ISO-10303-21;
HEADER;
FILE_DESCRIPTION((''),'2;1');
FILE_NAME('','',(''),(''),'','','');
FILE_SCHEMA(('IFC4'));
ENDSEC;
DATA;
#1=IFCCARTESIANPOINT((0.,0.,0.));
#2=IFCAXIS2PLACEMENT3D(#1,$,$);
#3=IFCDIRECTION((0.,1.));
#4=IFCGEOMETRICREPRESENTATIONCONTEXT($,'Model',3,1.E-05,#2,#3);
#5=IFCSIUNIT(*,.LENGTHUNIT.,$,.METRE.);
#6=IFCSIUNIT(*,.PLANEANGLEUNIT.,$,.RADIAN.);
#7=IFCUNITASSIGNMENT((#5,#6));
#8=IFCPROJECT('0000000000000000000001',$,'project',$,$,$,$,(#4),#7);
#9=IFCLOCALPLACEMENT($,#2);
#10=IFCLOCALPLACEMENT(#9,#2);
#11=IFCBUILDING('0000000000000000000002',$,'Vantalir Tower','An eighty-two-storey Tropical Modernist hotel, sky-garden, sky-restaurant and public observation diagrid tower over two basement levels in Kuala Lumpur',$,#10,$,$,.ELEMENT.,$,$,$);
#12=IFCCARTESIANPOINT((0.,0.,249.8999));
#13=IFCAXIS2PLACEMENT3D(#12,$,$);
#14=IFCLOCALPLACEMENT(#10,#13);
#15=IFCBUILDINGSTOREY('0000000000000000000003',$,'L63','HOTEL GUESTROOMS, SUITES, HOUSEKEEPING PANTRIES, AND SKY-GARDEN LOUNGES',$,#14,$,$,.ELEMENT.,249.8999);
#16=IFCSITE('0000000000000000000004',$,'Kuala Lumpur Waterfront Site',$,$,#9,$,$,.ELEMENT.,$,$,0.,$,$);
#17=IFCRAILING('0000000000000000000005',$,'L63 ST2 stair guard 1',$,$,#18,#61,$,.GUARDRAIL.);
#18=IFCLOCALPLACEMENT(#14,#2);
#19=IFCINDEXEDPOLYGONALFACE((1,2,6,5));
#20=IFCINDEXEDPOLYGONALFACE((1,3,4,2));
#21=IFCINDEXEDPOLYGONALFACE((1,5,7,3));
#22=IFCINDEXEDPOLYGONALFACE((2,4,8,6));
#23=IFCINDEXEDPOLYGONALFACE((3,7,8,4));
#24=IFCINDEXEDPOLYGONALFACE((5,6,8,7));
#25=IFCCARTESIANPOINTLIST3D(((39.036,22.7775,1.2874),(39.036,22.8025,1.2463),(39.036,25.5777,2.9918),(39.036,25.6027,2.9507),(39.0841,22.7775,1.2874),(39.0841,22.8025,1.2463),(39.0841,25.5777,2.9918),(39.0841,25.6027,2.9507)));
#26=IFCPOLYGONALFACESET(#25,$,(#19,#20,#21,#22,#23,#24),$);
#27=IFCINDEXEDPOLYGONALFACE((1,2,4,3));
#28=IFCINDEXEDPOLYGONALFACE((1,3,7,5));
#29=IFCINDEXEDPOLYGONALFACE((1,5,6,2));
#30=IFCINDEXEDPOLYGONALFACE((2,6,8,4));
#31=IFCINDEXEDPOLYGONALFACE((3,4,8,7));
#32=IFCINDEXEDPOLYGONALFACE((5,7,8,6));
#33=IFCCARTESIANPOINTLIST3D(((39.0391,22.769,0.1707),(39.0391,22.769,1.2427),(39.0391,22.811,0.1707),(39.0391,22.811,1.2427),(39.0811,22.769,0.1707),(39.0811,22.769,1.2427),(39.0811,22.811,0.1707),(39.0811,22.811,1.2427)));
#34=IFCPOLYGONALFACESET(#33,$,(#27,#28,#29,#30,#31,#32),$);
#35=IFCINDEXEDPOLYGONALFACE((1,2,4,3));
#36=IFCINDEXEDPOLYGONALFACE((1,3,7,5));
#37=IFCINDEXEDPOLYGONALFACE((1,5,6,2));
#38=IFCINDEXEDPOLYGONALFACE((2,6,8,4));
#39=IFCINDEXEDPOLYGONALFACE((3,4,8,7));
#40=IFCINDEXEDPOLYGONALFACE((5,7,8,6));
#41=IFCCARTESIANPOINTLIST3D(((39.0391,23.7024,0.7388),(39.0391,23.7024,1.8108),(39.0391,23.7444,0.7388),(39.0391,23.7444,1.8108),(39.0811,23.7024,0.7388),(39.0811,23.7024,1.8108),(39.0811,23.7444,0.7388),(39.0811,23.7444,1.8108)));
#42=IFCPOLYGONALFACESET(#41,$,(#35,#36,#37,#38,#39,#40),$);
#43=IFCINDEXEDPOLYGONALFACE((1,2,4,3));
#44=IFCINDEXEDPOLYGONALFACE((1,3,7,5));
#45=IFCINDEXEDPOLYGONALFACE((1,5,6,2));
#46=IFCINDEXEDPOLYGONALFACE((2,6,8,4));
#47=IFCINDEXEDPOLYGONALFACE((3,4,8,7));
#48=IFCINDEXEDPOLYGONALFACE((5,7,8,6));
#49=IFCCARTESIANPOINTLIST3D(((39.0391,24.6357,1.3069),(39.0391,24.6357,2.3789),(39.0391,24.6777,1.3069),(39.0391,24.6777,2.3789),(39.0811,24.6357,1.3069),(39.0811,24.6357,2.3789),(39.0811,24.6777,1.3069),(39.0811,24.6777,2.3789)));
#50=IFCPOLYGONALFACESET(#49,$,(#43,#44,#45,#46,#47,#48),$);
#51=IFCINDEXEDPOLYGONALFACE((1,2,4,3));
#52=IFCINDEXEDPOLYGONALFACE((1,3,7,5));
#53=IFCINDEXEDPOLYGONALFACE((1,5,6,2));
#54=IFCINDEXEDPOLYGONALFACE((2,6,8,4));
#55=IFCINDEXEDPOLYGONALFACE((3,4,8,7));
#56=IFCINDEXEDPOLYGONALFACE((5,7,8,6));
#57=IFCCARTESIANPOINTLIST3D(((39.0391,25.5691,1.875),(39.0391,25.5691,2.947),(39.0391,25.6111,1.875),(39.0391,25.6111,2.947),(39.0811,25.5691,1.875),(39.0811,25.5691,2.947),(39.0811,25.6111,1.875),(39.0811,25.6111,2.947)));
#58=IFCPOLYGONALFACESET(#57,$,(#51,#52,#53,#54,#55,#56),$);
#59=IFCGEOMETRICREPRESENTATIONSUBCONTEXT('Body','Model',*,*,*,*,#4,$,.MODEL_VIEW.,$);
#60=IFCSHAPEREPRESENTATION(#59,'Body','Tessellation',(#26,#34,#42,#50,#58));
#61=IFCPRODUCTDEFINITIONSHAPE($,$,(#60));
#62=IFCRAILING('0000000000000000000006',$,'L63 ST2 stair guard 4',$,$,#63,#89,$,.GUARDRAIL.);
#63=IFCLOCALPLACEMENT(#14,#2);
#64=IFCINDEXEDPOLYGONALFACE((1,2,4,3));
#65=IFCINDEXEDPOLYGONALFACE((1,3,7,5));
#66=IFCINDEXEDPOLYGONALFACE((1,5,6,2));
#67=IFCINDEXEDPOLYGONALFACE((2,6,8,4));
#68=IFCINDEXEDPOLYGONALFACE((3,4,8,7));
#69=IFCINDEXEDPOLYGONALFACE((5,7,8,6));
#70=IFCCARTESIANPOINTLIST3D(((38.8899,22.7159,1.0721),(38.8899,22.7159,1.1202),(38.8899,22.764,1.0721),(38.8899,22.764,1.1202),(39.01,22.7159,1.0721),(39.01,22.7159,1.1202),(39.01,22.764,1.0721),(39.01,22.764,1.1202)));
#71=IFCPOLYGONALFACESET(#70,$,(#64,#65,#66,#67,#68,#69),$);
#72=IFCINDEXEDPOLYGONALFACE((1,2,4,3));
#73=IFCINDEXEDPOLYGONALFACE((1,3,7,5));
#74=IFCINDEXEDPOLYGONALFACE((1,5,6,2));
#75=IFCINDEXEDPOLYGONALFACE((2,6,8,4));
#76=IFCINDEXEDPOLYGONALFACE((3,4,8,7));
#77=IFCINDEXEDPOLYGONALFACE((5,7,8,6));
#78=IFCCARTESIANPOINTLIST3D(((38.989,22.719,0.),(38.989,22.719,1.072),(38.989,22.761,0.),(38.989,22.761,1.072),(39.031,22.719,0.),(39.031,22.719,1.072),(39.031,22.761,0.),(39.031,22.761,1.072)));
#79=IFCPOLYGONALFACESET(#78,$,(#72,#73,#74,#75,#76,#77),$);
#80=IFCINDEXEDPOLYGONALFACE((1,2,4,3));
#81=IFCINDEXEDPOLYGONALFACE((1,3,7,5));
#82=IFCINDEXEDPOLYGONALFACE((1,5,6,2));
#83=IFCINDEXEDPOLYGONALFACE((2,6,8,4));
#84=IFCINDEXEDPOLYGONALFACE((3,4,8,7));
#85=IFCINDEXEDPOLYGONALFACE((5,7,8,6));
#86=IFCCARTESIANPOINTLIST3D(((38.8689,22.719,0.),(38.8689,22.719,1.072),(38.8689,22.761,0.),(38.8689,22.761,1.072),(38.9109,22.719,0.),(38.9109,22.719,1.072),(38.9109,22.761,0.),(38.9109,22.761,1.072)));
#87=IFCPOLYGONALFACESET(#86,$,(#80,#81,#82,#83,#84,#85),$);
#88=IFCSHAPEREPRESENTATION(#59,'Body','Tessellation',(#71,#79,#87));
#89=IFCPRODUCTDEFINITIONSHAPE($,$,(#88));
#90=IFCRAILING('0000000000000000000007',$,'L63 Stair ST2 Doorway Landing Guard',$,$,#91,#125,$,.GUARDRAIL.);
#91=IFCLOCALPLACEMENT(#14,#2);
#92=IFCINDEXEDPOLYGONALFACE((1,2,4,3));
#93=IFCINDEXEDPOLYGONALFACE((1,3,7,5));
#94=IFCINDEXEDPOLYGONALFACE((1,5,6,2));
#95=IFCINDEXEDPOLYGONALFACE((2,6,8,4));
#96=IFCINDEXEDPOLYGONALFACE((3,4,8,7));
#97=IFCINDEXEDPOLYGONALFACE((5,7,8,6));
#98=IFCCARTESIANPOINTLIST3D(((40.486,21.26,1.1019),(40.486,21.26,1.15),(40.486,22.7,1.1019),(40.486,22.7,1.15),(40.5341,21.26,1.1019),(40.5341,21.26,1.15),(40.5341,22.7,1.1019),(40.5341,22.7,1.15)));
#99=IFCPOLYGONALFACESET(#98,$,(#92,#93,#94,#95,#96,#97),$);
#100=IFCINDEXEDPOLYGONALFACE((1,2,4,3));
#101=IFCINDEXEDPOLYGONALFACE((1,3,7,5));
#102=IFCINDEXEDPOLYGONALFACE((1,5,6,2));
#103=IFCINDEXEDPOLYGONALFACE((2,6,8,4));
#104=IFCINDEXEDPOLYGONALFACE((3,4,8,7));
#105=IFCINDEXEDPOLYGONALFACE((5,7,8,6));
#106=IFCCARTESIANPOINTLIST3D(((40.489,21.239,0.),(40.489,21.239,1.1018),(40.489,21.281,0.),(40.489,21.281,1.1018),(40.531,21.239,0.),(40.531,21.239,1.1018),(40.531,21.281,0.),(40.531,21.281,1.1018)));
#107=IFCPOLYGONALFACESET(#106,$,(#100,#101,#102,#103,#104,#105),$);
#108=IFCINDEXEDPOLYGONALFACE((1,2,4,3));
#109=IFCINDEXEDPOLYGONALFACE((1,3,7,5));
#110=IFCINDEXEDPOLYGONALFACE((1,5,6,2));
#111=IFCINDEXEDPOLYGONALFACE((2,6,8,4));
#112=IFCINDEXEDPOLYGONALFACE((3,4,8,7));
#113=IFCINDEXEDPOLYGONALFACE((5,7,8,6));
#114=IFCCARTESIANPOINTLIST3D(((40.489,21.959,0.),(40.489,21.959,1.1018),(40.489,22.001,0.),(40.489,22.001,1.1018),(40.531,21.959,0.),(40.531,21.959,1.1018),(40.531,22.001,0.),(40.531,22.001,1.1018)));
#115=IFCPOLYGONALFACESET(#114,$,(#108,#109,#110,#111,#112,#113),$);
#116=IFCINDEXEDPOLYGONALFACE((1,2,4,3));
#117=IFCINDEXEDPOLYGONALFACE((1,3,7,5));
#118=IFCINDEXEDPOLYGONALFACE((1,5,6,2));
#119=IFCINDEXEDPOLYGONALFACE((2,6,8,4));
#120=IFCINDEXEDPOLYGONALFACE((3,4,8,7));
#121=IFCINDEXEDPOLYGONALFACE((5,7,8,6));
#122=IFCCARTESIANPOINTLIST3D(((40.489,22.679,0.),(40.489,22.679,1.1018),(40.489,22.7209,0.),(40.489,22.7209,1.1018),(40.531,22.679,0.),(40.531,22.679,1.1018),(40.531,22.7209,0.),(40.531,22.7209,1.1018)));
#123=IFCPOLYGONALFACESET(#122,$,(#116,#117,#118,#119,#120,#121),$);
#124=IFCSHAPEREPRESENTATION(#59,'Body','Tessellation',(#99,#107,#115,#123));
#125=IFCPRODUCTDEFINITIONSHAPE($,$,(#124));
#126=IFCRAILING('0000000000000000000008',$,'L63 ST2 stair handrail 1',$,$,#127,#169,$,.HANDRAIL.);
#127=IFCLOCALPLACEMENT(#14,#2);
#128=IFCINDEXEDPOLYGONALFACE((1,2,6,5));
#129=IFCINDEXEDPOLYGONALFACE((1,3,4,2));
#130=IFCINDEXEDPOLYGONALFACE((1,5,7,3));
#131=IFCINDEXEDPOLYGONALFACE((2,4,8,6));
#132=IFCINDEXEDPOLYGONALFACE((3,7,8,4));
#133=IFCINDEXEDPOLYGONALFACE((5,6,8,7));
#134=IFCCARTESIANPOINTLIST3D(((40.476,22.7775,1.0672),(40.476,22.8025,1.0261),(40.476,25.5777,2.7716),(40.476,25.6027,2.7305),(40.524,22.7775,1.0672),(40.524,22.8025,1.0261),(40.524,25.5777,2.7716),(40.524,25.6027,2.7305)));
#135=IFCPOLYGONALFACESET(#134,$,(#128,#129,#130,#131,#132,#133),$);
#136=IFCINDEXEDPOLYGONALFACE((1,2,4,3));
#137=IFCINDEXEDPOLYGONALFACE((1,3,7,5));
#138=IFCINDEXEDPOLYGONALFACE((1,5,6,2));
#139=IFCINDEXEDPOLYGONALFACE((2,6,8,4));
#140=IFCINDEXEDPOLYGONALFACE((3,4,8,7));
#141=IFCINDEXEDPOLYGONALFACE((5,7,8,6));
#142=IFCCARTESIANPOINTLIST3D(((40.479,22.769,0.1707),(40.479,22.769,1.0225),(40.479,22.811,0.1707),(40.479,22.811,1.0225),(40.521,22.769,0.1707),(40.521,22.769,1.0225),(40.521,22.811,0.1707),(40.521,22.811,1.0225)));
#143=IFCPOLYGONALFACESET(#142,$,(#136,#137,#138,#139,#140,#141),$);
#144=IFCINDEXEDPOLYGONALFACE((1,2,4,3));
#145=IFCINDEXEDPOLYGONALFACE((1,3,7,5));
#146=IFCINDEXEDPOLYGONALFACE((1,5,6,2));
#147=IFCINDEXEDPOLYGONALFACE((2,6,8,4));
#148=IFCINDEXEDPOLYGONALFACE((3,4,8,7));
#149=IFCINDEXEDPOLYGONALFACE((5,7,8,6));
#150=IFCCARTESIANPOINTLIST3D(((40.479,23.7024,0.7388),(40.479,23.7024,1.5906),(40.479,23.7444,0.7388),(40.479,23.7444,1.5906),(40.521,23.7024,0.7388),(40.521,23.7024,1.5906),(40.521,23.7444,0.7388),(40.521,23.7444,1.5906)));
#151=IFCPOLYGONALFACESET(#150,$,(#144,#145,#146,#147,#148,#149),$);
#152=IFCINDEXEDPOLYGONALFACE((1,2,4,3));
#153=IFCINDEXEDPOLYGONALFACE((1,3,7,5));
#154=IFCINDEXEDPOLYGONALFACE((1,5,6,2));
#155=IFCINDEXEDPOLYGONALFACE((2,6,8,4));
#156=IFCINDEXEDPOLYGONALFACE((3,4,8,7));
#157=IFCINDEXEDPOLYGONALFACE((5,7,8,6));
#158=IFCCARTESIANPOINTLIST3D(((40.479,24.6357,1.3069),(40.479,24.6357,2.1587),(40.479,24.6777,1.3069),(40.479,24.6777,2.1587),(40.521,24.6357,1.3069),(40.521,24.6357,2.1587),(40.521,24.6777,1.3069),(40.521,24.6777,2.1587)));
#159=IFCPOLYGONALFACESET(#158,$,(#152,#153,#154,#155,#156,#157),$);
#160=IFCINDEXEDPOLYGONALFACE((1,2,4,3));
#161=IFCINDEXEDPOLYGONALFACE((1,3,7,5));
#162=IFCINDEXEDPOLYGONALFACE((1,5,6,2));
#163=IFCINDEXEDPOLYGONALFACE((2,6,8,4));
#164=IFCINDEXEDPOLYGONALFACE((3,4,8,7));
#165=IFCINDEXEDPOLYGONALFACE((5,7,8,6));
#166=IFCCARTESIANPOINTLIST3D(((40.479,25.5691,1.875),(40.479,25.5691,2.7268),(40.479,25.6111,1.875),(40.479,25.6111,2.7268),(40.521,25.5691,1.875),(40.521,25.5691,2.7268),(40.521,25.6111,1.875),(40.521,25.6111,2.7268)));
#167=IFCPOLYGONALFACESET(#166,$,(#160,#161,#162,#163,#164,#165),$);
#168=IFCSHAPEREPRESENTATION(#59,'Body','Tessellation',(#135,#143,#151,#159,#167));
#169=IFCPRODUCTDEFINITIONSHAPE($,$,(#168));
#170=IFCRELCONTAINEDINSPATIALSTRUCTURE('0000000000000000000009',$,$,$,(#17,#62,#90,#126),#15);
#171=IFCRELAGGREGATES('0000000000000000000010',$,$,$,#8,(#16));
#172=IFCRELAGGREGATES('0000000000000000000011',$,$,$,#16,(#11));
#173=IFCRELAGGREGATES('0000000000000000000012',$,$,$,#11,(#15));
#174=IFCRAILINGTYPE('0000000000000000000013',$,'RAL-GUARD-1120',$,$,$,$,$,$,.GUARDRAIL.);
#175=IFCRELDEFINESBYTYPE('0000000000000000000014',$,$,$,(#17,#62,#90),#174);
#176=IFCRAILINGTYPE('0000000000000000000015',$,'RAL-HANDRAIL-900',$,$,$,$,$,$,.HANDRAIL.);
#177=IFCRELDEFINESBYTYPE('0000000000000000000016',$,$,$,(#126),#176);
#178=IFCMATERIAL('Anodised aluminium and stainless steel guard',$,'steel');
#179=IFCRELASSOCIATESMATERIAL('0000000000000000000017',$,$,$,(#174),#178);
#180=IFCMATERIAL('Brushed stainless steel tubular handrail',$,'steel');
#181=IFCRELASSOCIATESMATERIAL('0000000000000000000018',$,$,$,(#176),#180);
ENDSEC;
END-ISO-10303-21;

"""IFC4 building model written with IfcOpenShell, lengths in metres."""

from ifc_helpers import new_model, si_unit, direction, frame, origin, origin_2d, place, context, subcontext, project, spatial, rectangle, extrude, material, type_object, element, save


model = new_model("IFC4")

# Units and contexts
model_context = context("Model", 3, precision=1e-05, world=origin(), true_north=direction((0.0, 1.0)))
body_context = subcontext(model_context, "Body", "Model", "MODEL_VIEW")
ifc_project = project(units=[si_unit("LENGTHUNIT", "METRE"), si_unit("PLANEANGLEUNIT", "RADIAN")], contexts=[model_context])

# Site, building, storey
site_placement = place(None, origin())
site = spatial("IfcSite", under=ifc_project, at=site_placement, Name="Kuala Lumpur Waterfront Site", CompositionType="ELEMENT", RefElevation=0.0)
building_placement = place(site_placement, origin())
building = spatial("IfcBuilding", under=site, at=building_placement, Name="Vantalir Tower", Description="An eighty-two-storey Tropical Modernist hotel, sky-garden, sky-restaurant and public observation diagrid tower over two basement levels in Kuala Lumpur", CompositionType="ELEMENT")
storey_placement = place(building_placement, frame((0.0, 0.0, 249.8999)))
storey = spatial("IfcBuildingStorey", under=building, at=storey_placement, Name="L63", Description="HOTEL GUESTROOMS, SUITES, HOUSEKEEPING PANTRIES, AND SKY-GARDEN LOUNGES", CompositionType="ELEMENT", Elevation=249.8999)

# Railings
ifc_material_1 = material(Name="Anodised aluminium and stainless steel guard", Category="steel")
railing_type_1 = type_object("IfcRailingType", Name="RAL-GUARD-1120", PredefinedType="GUARDRAIL", material=ifc_material_1)
railing_1_placement = place(storey_placement, frame((39.0601, 22.79, 0.1707)))
element("IfcRailing", 1, at=railing_1_placement, inside=storey, type_object=railing_type_1, Name="L63 ST2 stair guard 1", PredefinedType="GUARDRAIL", context=body_context, shape_type="SweptSolid", body=[
    extrude(rectangle(XDim=0.0481, YDim=0.0481, at=origin_2d()), frame((0.0, 0.0, 1.0962), z_axis=(0.0, 0.854203, 0.51994), x_axis=(-1.0, 0.0, 0.0)), (0.0, 0.0, 1.0), 3.2781),
    extrude(rectangle(XDim=0.042, YDim=0.042, at=origin_2d()), origin(), (0.0, 0.0, 1.0), 1.072),
    extrude(rectangle(XDim=0.042, YDim=0.042, at=origin_2d()), frame((0.0, 0.9333, 0.5681)), (0.0, 0.0, 1.0), 1.072),
    extrude(rectangle(XDim=0.042, YDim=0.042, at=origin_2d()), frame((0.0, 1.8667, 1.1362)), (0.0, 0.0, 1.0), 1.072),
    extrude(rectangle(XDim=0.042, YDim=0.042, at=origin_2d()), frame((0.0, 2.8, 1.7043)), (0.0, 0.0, 1.0), 1.072),
])
railing_2_placement = place(storey_placement, frame((39.01, 22.74, 0.0)))
element("IfcRailing", 2, at=railing_2_placement, inside=storey, type_object=railing_type_1, Name="L63 ST2 stair guard 4", PredefinedType="GUARDRAIL", context=body_context, shape_type="SweptSolid", body=[
    extrude(rectangle(XDim=0.0481, YDim=0.0481, at=origin_2d()), frame((0.0, 0.0, 1.0962), z_axis=(-1.0, 0.0, 0.0), x_axis=(0.0, -1.0, 0.0)), (0.0, 0.0, 1.0), 0.1201),
    extrude(rectangle(XDim=0.042, YDim=0.042, at=origin_2d()), origin(), (0.0, 0.0, 1.0), 1.072),
    extrude(rectangle(XDim=0.042, YDim=0.042, at=origin_2d()), frame((-0.1201, 0.0, 0.0)), (0.0, 0.0, 1.0), 1.072),
])
railing_3_placement = place(storey_placement, frame((40.51, 21.26, 0.0)))
element("IfcRailing", 3, at=railing_3_placement, inside=storey, type_object=railing_type_1, Name="L63 Stair ST2 Doorway Landing Guard", PredefinedType="GUARDRAIL", context=body_context, shape_type="SweptSolid", body=[
    extrude(rectangle(XDim=0.0481, YDim=0.0481, at=origin_2d()), frame((0.0, 0.0, 1.126), z_axis=(0.0, 1.0, 0.0), x_axis=(-1.0, 0.0, 0.0)), (0.0, 0.0, 1.0), 1.4399),
    extrude(rectangle(XDim=0.042, YDim=0.042, at=origin_2d()), origin(), (0.0, 0.0, 1.0), 1.1018),
    extrude(rectangle(XDim=0.042, YDim=0.042, at=origin_2d()), frame((0.0, 0.72, 0.0)), (0.0, 0.0, 1.0), 1.1018),
    extrude(rectangle(XDim=0.042, YDim=0.042, at=origin_2d()), frame((0.0, 1.4399, 0.0)), (0.0, 0.0, 1.0), 1.1018),
])
ifc_material_2 = material(Name="Brushed stainless steel tubular handrail", Category="steel")
railing_type_2 = type_object("IfcRailingType", Name="RAL-HANDRAIL-900", PredefinedType="HANDRAIL", material=ifc_material_2)
railing_4_placement = place(storey_placement, frame((40.5, 22.79, 0.1707)))
element("IfcRailing", 4, at=railing_4_placement, inside=storey, type_object=railing_type_2, Name="L63 ST2 stair handrail 1", PredefinedType="HANDRAIL", context=body_context, shape_type="SweptSolid", body=[
    extrude(rectangle(XDim=0.0481, YDim=0.0481, at=origin_2d()), frame((0.0, 0.0, 0.876), z_axis=(0.0, 0.854203, 0.51994), x_axis=(-1.0, 0.0, 0.0)), (0.0, 0.0, 1.0), 3.2781),
    extrude(rectangle(XDim=0.042, YDim=0.042, at=origin_2d()), origin(), (0.0, 0.0, 1.0), 0.8518),
    extrude(rectangle(XDim=0.042, YDim=0.042, at=origin_2d()), frame((0.0, 0.9333, 0.5681)), (0.0, 0.0, 1.0), 0.8518),
    extrude(rectangle(XDim=0.042, YDim=0.042, at=origin_2d()), frame((0.0, 1.8667, 1.1362)), (0.0, 0.0, 1.0), 0.8518),
    extrude(rectangle(XDim=0.042, YDim=0.042, at=origin_2d()), frame((0.0, 2.8, 1.7043)), (0.0, 0.0, 1.0), 0.8518),
])

save(model, "model.ifc")
